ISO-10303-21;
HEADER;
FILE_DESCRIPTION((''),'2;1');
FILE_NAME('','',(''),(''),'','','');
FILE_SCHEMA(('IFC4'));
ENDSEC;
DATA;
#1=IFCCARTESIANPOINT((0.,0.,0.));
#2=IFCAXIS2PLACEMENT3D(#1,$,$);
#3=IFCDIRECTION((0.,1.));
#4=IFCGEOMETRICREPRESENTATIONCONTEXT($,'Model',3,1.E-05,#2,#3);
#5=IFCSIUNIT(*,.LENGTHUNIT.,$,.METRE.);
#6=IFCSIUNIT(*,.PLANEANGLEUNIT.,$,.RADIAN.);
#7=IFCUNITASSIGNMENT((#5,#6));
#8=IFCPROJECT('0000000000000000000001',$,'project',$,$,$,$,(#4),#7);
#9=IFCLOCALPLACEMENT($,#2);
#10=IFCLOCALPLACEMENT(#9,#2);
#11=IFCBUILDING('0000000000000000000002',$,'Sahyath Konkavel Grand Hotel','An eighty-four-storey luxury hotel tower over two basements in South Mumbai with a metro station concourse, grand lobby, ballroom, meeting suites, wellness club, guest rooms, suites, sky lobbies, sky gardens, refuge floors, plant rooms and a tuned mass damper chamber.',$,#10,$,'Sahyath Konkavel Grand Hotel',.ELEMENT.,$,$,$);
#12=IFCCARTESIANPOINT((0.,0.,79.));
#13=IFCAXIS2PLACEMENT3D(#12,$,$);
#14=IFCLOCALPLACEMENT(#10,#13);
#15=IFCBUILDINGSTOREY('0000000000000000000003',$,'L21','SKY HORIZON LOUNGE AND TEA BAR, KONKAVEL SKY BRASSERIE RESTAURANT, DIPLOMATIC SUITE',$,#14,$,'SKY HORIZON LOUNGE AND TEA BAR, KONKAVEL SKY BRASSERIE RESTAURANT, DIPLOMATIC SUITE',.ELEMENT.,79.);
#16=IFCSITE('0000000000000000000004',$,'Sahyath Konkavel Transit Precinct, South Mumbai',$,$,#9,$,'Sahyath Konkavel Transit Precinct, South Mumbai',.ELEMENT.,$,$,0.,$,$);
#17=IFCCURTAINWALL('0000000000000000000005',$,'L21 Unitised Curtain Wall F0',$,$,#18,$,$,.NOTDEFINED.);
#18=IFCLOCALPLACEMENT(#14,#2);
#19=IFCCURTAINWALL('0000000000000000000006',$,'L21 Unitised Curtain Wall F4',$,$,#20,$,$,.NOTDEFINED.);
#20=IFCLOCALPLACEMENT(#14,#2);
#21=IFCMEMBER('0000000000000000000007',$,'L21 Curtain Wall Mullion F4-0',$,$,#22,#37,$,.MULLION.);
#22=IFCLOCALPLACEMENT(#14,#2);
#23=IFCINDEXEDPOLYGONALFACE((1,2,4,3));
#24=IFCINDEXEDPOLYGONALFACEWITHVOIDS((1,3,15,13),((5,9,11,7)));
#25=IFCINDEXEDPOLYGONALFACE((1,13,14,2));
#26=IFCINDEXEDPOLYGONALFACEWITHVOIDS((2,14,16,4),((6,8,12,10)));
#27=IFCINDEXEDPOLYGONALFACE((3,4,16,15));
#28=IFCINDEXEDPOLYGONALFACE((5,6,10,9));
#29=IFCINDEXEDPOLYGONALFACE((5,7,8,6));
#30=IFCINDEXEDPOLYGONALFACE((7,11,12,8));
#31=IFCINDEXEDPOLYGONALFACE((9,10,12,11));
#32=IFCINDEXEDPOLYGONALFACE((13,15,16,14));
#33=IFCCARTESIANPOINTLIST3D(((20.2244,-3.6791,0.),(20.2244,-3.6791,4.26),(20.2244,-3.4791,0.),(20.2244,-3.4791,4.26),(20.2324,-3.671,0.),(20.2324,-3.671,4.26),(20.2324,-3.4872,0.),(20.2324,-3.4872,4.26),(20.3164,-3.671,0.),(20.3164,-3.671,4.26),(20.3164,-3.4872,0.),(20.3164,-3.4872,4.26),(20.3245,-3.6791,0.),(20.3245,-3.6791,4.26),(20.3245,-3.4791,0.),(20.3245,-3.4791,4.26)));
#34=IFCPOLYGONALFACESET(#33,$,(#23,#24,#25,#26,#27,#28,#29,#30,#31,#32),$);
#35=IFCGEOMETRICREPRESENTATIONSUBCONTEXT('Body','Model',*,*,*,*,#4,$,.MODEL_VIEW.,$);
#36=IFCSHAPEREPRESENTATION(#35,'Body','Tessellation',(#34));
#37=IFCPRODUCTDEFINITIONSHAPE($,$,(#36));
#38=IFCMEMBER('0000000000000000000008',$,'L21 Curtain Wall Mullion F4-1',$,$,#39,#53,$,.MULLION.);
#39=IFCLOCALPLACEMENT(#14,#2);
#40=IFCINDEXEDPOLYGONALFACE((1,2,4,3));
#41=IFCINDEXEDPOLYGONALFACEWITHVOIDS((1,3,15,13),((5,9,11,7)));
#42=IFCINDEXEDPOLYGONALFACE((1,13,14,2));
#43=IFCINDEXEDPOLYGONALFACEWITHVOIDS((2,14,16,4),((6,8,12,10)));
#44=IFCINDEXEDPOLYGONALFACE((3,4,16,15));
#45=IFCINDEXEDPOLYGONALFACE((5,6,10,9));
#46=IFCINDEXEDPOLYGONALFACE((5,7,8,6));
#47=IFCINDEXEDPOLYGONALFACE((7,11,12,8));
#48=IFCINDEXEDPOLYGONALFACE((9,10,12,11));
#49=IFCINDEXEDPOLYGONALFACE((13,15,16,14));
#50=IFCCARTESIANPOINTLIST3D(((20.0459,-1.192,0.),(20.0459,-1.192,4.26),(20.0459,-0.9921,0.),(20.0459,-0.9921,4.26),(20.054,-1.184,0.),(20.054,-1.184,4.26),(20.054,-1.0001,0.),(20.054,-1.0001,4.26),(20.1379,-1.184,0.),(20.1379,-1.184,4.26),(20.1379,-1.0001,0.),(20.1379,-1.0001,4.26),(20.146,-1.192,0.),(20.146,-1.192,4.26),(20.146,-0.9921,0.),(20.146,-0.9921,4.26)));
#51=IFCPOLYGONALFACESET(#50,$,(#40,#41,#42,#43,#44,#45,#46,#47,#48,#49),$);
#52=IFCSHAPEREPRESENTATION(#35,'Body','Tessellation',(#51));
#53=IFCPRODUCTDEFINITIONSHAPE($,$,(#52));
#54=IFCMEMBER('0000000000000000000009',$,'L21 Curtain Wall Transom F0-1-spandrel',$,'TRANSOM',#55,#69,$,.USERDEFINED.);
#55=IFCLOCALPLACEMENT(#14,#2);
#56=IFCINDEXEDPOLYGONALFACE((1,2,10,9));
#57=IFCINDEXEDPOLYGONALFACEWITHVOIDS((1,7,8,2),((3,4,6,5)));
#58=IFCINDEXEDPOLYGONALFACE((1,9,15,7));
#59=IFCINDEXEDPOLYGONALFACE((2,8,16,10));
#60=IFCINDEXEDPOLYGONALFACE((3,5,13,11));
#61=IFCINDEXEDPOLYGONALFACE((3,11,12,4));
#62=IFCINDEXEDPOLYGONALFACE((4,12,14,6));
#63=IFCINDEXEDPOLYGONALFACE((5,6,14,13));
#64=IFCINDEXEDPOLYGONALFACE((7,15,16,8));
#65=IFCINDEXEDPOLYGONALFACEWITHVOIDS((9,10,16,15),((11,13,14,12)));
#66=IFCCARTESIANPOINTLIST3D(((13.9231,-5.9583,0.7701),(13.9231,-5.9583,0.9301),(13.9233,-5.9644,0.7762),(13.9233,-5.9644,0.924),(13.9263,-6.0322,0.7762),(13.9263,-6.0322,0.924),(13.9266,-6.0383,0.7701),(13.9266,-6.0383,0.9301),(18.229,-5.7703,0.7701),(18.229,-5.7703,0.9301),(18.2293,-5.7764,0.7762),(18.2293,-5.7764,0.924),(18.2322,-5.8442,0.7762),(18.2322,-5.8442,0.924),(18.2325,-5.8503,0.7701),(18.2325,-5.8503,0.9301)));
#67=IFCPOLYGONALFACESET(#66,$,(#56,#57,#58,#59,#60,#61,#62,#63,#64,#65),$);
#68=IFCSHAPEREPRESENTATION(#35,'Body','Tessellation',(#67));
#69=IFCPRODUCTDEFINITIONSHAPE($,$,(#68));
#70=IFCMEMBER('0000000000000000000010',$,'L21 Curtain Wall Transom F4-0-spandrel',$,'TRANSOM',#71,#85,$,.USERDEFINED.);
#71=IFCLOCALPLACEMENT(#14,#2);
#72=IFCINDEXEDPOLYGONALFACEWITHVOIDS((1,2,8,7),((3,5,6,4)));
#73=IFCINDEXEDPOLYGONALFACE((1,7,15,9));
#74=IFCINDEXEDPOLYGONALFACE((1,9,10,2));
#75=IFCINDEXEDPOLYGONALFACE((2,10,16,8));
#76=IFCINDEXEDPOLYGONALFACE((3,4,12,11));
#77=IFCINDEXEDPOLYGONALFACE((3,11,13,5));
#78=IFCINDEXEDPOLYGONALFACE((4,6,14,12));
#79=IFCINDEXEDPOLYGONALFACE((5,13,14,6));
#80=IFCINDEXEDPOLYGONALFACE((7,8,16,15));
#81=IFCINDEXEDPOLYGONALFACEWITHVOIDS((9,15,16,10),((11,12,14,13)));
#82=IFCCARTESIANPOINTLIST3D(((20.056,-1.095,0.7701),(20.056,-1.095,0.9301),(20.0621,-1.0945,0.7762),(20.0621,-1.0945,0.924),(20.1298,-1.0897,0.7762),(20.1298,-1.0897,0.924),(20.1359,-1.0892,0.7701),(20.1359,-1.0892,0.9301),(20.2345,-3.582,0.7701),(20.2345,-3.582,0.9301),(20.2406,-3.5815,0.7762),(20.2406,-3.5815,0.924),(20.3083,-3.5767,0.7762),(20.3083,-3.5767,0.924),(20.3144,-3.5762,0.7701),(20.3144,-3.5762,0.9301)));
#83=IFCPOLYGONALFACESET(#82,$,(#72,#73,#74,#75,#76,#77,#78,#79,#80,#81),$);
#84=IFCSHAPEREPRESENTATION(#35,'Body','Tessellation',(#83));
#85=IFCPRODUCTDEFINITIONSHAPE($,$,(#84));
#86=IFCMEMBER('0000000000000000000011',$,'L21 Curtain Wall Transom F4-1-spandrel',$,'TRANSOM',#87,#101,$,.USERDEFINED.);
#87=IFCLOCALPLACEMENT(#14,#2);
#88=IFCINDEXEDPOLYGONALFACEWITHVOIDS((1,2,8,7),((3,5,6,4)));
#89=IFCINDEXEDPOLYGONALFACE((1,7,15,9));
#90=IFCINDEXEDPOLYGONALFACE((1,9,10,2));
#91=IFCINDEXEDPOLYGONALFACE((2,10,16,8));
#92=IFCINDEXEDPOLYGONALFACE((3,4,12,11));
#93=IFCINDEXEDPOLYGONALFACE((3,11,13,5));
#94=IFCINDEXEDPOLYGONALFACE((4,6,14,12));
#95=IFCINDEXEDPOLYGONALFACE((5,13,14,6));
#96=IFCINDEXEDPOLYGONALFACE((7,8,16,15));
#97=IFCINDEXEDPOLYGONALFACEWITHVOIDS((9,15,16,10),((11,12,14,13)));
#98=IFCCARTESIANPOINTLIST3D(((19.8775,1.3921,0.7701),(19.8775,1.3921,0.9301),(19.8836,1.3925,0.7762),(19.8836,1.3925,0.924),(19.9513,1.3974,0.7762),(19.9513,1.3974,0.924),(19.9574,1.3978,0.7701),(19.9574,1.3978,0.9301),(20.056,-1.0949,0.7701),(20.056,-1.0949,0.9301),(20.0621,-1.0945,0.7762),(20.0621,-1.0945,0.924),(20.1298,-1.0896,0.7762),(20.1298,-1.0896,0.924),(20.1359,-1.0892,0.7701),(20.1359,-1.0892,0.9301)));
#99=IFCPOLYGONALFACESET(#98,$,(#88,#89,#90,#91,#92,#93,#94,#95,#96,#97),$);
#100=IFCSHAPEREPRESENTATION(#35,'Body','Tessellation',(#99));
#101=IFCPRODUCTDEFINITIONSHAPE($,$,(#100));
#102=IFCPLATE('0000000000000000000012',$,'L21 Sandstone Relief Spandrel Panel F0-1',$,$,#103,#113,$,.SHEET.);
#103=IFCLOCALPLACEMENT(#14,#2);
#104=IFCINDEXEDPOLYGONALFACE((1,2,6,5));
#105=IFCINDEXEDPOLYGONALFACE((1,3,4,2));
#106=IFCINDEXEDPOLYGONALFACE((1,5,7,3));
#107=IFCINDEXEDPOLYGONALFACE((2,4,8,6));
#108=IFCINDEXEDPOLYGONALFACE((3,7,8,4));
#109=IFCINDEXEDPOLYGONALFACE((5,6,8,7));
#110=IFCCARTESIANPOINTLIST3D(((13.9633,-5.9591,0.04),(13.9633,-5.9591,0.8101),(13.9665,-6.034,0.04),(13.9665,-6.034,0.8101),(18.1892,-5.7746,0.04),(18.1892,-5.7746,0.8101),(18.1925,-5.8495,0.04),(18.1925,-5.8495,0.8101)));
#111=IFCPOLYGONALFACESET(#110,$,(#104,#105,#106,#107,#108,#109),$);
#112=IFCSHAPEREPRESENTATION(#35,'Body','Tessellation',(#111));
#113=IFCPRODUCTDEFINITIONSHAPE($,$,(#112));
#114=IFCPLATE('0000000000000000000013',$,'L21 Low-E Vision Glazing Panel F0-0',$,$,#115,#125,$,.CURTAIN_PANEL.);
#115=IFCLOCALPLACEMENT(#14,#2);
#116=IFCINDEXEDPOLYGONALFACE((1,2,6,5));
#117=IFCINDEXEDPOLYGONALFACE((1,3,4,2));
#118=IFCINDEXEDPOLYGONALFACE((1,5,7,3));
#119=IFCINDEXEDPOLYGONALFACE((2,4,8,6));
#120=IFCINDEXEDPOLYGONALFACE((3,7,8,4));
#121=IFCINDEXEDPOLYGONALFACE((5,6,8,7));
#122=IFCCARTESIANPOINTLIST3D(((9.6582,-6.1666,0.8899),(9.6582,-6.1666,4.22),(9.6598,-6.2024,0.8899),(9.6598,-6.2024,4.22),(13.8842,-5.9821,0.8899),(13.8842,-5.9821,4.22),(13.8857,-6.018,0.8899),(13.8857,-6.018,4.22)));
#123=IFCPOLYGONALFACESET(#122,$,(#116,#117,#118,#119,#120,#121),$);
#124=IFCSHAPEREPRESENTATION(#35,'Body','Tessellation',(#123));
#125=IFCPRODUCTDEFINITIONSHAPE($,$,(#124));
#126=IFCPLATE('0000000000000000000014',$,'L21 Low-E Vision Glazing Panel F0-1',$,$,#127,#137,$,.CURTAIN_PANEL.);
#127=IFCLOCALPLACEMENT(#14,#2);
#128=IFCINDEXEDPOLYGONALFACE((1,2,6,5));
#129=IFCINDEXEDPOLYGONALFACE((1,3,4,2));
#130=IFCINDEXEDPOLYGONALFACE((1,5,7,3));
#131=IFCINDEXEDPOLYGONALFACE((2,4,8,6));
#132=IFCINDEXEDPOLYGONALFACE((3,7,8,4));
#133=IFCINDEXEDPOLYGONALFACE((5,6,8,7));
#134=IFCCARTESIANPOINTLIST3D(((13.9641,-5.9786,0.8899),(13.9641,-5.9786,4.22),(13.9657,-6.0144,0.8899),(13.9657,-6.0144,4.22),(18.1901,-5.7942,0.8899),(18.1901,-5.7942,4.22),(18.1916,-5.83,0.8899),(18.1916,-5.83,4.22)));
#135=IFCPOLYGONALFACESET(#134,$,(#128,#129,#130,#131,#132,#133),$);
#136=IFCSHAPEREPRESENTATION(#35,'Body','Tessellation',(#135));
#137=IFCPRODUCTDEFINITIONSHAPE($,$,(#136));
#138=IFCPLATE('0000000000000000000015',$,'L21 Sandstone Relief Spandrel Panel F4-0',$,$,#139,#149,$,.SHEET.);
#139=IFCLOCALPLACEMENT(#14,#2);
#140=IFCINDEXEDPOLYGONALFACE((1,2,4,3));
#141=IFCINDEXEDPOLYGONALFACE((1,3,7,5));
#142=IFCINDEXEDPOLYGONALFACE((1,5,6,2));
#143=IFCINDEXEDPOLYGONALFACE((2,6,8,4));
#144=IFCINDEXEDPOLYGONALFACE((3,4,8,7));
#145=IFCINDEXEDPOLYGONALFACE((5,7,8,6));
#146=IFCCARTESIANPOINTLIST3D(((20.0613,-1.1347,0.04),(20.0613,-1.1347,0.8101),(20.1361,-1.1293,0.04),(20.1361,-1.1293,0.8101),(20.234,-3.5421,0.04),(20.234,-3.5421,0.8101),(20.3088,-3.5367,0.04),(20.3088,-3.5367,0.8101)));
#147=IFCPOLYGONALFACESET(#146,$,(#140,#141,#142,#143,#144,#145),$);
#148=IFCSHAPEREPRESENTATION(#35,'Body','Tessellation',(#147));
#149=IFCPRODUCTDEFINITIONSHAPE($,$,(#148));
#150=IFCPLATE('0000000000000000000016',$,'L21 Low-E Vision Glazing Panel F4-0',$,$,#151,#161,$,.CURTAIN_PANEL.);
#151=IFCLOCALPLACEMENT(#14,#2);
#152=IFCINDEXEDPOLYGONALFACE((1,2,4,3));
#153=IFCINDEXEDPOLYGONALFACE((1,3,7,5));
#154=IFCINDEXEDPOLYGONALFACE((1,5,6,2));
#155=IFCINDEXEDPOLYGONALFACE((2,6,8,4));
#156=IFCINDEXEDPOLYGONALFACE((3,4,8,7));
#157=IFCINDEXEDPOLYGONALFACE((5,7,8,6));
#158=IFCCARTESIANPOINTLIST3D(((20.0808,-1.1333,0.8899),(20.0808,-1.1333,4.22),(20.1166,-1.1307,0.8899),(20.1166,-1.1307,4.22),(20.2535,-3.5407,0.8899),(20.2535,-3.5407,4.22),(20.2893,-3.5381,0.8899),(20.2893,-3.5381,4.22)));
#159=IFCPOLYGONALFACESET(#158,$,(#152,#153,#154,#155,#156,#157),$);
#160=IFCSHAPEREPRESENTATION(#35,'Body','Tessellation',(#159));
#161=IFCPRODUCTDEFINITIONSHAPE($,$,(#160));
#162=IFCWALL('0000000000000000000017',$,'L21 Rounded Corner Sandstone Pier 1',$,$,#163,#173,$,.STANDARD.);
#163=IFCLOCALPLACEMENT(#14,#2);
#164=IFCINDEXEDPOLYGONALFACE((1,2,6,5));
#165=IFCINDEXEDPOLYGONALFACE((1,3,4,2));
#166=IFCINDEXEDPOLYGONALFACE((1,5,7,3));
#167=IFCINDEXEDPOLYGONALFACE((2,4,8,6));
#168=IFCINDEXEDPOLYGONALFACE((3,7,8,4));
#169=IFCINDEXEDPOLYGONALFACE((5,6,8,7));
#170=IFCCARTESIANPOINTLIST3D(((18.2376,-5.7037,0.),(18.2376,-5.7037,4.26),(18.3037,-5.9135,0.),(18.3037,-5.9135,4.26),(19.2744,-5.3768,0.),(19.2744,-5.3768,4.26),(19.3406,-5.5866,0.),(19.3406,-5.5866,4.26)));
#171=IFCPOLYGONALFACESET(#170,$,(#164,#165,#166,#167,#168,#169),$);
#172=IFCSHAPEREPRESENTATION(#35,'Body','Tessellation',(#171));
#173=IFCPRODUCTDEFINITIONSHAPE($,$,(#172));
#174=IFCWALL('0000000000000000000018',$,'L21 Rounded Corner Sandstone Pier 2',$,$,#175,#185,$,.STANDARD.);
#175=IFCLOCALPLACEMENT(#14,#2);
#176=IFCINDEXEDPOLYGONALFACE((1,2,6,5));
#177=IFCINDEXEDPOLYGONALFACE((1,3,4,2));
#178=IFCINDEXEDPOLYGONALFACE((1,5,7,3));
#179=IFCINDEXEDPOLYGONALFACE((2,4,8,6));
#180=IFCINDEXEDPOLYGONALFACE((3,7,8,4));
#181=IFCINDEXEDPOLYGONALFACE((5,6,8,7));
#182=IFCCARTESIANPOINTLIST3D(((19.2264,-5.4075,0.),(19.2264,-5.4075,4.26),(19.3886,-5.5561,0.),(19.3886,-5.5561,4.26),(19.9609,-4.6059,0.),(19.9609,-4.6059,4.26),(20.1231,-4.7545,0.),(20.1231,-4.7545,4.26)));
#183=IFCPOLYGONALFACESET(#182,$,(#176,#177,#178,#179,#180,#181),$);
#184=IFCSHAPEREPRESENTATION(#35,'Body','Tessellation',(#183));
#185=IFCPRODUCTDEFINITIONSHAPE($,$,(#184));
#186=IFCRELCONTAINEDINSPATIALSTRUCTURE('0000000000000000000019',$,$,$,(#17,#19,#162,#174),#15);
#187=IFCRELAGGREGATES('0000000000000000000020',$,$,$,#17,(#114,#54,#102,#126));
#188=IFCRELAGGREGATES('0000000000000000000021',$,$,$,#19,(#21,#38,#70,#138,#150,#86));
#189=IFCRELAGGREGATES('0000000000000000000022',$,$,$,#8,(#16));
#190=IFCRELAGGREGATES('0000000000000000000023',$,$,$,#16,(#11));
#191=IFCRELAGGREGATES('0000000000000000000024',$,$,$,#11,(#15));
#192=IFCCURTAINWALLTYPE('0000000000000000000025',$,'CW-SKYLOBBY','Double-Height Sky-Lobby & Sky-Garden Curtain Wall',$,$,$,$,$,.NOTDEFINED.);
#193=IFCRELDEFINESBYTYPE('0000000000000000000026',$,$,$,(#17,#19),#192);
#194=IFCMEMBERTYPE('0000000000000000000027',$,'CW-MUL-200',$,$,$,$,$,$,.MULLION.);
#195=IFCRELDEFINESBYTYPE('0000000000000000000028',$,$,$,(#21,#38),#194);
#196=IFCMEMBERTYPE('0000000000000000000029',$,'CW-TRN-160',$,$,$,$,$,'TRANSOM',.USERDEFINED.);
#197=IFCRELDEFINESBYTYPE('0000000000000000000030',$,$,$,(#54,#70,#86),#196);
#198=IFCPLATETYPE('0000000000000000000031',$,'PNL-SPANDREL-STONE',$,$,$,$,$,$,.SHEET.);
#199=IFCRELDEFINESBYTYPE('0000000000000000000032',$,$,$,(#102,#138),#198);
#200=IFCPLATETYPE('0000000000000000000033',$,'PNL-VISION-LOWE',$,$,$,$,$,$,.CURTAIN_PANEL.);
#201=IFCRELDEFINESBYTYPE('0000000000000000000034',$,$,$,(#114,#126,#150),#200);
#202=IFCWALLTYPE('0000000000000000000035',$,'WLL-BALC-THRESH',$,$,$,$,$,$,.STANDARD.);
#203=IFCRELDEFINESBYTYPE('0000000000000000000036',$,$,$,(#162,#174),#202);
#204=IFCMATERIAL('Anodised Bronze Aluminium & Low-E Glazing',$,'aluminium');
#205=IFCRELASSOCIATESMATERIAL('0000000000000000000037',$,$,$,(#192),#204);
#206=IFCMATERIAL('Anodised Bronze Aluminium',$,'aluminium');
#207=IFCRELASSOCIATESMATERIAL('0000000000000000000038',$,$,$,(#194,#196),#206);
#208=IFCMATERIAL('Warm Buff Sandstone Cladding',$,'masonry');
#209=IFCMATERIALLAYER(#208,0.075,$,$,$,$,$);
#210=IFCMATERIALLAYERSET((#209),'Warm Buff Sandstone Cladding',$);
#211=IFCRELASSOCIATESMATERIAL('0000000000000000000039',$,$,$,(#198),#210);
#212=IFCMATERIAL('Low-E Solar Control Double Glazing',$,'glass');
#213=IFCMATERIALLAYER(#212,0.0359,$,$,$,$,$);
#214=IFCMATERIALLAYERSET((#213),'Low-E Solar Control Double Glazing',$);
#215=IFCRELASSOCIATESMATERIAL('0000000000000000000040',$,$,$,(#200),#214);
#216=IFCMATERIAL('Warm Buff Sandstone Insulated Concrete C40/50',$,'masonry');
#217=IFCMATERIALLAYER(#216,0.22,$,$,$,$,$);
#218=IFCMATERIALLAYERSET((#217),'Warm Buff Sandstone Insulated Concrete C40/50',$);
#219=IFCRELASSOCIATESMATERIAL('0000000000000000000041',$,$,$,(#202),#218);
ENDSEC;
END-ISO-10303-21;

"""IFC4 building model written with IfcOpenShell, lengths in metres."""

from ifc_helpers import new_model, si_unit, direction, frame, frame_2d, origin, origin_2d, place, context, subcontext, project, spatial, rectangle, hollow_rectangle, extrude, source, transform, mapped, material, layer, layer_set, material_profile, profile_set, type_object, element, aggregate, save


model = new_model("IFC4")

# Units and contexts
model_context = context("Model", 3, precision=1e-05, world=origin(), true_north=direction((0.0, 1.0)))
body_context = subcontext(model_context, "Body", "Model", "MODEL_VIEW")
ifc_project = project(units=[si_unit("LENGTHUNIT", "METRE"), si_unit("PLANEANGLEUNIT", "RADIAN")], contexts=[model_context])

# Site, building, storey
site_placement = place(None, origin())
site = spatial("IfcSite", under=ifc_project, at=site_placement, Name="Sahyath Konkavel Transit Precinct, South Mumbai", LongName="Sahyath Konkavel Transit Precinct, South Mumbai", CompositionType="ELEMENT", RefElevation=0.0)
building_placement = place(site_placement, origin())
building = spatial("IfcBuilding", under=site, at=building_placement, Name="Sahyath Konkavel Grand Hotel", Description="An eighty-four-storey luxury hotel tower over two basements in South Mumbai with a metro station concourse, grand lobby, ballroom, meeting suites, wellness club, guest rooms, suites, sky lobbies, sky gardens, refuge floors, plant rooms and a tuned mass damper chamber.", LongName="Sahyath Konkavel Grand Hotel", CompositionType="ELEMENT")
storey_placement = place(building_placement, frame((0.0, 0.0, 79.0)))
storey = spatial("IfcBuildingStorey", under=building, at=storey_placement, Name="L21", Description="SKY HORIZON LOUNGE AND TEA BAR, KONKAVEL SKY BRASSERIE RESTAURANT, DIPLOMATIC SUITE", LongName="SKY HORIZON LOUNGE AND TEA BAR, KONKAVEL SKY BRASSERIE RESTAURANT, DIPLOMATIC SUITE", CompositionType="ELEMENT", Elevation=79.0)

# Curtain walls, members
ifc_material_1 = material(Name="Anodised Bronze Aluminium & Low-E Glazing", Category="aluminium")
curtain_wall_type = type_object("IfcCurtainWallType", Name="CW-SKYLOBBY", Description="Double-Height Sky-Lobby & Sky-Garden Curtain Wall", PredefinedType="NOTDEFINED", material=ifc_material_1)
curtain_wall_1_placement = place(storey_placement, origin())
curtain_wall_1 = element("IfcCurtainWall", 1, at=curtain_wall_1_placement, inside=storey, type_object=curtain_wall_type, Name="L21 Unitised Curtain Wall F0", PredefinedType="NOTDEFINED")
ifc_material_2 = material(Name="Anodised Bronze Aluminium", Category="aluminium")
ifc_material_profile_1 = material_profile(ifc_material_2, hollow_rectangle(XDim=0.1001, YDim=0.2, WallThickness=0.0081, at=origin_2d()), Name="RHS 200x100x8")
ifc_profile_set_1 = profile_set([ifc_material_profile_1], Name="Anodised Bronze Aluminium")
member_type_1 = type_object("IfcMemberType", Name="CW-MUL-200", PredefinedType="MULLION", material=ifc_profile_set_1)
shared_shape_1 = source(origin(), body_context, "Body", "SweptSolid", [
    extrude(hollow_rectangle(XDim=0.1001, YDim=0.2, WallThickness=0.0081, at=origin_2d()), origin(), (0.0, 0.0, 1.0), 4.26),
])
curtain_wall_2_placement = place(storey_placement, origin())
curtain_wall_2 = element("IfcCurtainWall", 2, at=curtain_wall_2_placement, inside=storey, type_object=curtain_wall_type, Name="L21 Unitised Curtain Wall F4", PredefinedType="NOTDEFINED")
member_1_placement = place(storey_placement, frame((20.2744, -3.5791, 0.0), z_axis=(0.0, 0.0, 1.0), x_axis=(1.0, 0.0, 0.0)))
member_1 = element("IfcMember", 3, at=member_1_placement, type_object=member_type_1, Name="L21 Curtain Wall Mullion F4-0", PredefinedType="MULLION", context=body_context, shape_type="MappedRepresentation", body=[
    mapped(shared_shape_1, transform((0.0, 0.0, 0.0), scale=1.0)),
])
member_2_placement = place(storey_placement, frame((20.0959, -1.092, 0.0), z_axis=(0.0, 0.0, 1.0), x_axis=(1.0, 0.0, 0.0)))
member_2 = element("IfcMember", 4, at=member_2_placement, type_object=member_type_1, Name="L21 Curtain Wall Mullion F4-1", PredefinedType="MULLION", context=body_context, shape_type="MappedRepresentation", body=[
    mapped(shared_shape_1, transform((0.0, 0.0, 0.0), scale=1.0)),
])

# Members
ifc_material_profile_2 = material_profile(ifc_material_2, hollow_rectangle(XDim=0.0801, YDim=0.1599, WallThickness=0.0061, at=origin_2d()), Name="RHS 160x80x6")
ifc_profile_set_2 = profile_set([ifc_material_profile_2], Name="Anodised Bronze Aluminium")
member_type_2 = type_object("IfcMemberType", Name="CW-TRN-160", ElementType="TRANSOM", PredefinedType="USERDEFINED", material=ifc_profile_set_2)
shared_shape_2 = source(origin(), body_context, "Body", "SweptSolid", [
    extrude(hollow_rectangle(XDim=0.0801, YDim=0.1599, WallThickness=0.0061, at=origin_2d()), origin(), (0.0, 0.0, 1.0), 4.3101),
])
member_3_placement = place(storey_placement, frame((13.9248, -5.9983, 0.8501), z_axis=(0.999048, 0.043617, 0.0), x_axis=(-0.043617, 0.999048, 0.0)))
member_3 = element("IfcMember", 5, at=member_3_placement, type_object=member_type_2, Name="L21 Curtain Wall Transom F0-1-spandrel", ObjectType="TRANSOM", PredefinedType="USERDEFINED", context=body_context, shape_type="MappedRepresentation", body=[
    mapped(shared_shape_2, transform((0.0, 0.0, 0.0), scale=1.0)),
])
shared_shape_3 = source(origin(), body_context, "Body", "SweptSolid", [
    extrude(hollow_rectangle(XDim=0.0801, YDim=0.1599, WallThickness=0.0061, at=origin_2d()), origin(), (0.0, 0.0, 1.0), 2.4934),
])
member_4_placement = place(storey_placement, frame((20.2744, -3.5791, 0.8501), z_axis=(-0.071574, 0.997435, 0.0), x_axis=(-0.997435, -0.071574, 0.0)))
member_4 = element("IfcMember", 6, at=member_4_placement, type_object=member_type_2, Name="L21 Curtain Wall Transom F4-0-spandrel", ObjectType="TRANSOM", PredefinedType="USERDEFINED", context=body_context, shape_type="MappedRepresentation", body=[
    mapped(shared_shape_3, transform((0.0, 0.0, 0.0), scale=1.0)),
])
member_5_placement = place(storey_placement, frame((20.0959, -1.092, 0.8501), z_axis=(-0.071574, 0.997435, 0.0), x_axis=(-0.997435, -0.071574, 0.0)))
member_5 = element("IfcMember", 7, at=member_5_placement, type_object=member_type_2, Name="L21 Curtain Wall Transom F4-1-spandrel", ObjectType="TRANSOM", PredefinedType="USERDEFINED", context=body_context, shape_type="MappedRepresentation", body=[
    mapped(shared_shape_3, transform((0.0, 0.0, 0.0), scale=1.0)),
])

# Plates
ifc_material_3 = material(Name="Warm Buff Sandstone Cladding", Category="masonry")
ifc_layer_1 = layer(ifc_material_3, 0.075)
ifc_layer_set_1 = layer_set([ifc_layer_1], Name="Warm Buff Sandstone Cladding")
plate_type_1 = type_object("IfcPlateType", Name="PNL-SPANDREL-STONE", PredefinedType="SHEET", material=ifc_layer_set_1)
shared_shape_4 = source(origin(), body_context, "Body", "SweptSolid", [
    extrude(rectangle(XDim=4.23, YDim=0.075, at=origin_2d()), origin(), (0.0, 0.0, 1.0), 0.77),
])
plate_1_placement = place(storey_placement, frame((16.0779, -5.9043, 0.04), z_axis=(0.0, 0.0, 1.0), x_axis=(0.999049, 0.043602, 0.0)))
plate_1 = element("IfcPlate", 8, at=plate_1_placement, type_object=plate_type_1, Name="L21 Sandstone Relief Spandrel Panel F0-1", PredefinedType="SHEET", context=body_context, shape_type="MappedRepresentation", body=[
    mapped(shared_shape_4, transform((0.0, 0.0, 0.0), scale=1.0)),
])
ifc_material_4 = material(Name="Low-E Solar Control Double Glazing", Category="glass")
ifc_layer_2 = layer(ifc_material_4, 0.0359)
ifc_layer_set_2 = layer_set([ifc_layer_2], Name="Low-E Solar Control Double Glazing")
plate_type_2 = type_object("IfcPlateType", Name="PNL-VISION-LOWE", PredefinedType="CURTAIN_PANEL", material=ifc_layer_set_2)
shared_shape_5 = source(origin(), body_context, "Body", "SweptSolid", [
    extrude(rectangle(XDim=4.23, YDim=0.0359, at=origin_2d()), origin(), (0.0, 0.0, 1.0), 3.3301),
])
plate_2_placement = place(storey_placement, frame((11.772, -6.0923, 0.8899), z_axis=(0.0, 0.0, 1.0), x_axis=(0.999049, 0.043602, 0.0)))
plate_2 = element("IfcPlate", 9, at=plate_2_placement, type_object=plate_type_2, Name="L21 Low-E Vision Glazing Panel F0-0", PredefinedType="CURTAIN_PANEL", context=body_context, shape_type="MappedRepresentation", body=[
    mapped(shared_shape_5, transform((0.0, 0.0, 0.0), scale=1.0)),
])
plate_3_placement = place(storey_placement, frame((16.0779, -5.9043, 0.8899), z_axis=(0.0, 0.0, 1.0), x_axis=(0.999049, 0.043602, 0.0)))
plate_3 = element("IfcPlate", 10, at=plate_3_placement, type_object=plate_type_2, Name="L21 Low-E Vision Glazing Panel F0-1", PredefinedType="CURTAIN_PANEL", context=body_context, shape_type="MappedRepresentation", body=[
    mapped(shared_shape_5, transform((0.0, 0.0, 0.0), scale=1.0)),
])
aggregate(curtain_wall_1, [plate_2, member_3, plate_1, plate_3])
shared_shape_6 = source(origin(), body_context, "Body", "SweptSolid", [
    extrude(rectangle(XDim=2.4136, YDim=0.075, at=origin_2d()), origin(), (0.0, 0.0, 1.0), 0.77),
])
plate_4_placement = place(storey_placement, frame((20.1851, -2.3357, 0.04), z_axis=(0.0, 0.0, 1.0), x_axis=(-0.071567, 0.997436, 0.0)))
plate_4 = element("IfcPlate", 11, at=plate_4_placement, type_object=plate_type_1, Name="L21 Sandstone Relief Spandrel Panel F4-0", PredefinedType="SHEET", context=body_context, shape_type="MappedRepresentation", body=[
    mapped(shared_shape_6, transform((0.0, 0.0, 0.0), scale=1.0)),
])
shared_shape_7 = source(origin(), body_context, "Body", "SweptSolid", [
    extrude(rectangle(XDim=2.4136, YDim=0.0359, at=origin_2d()), origin(), (0.0, 0.0, 1.0), 3.3301),
])
plate_5_placement = place(storey_placement, frame((20.1851, -2.3357, 0.8899), z_axis=(0.0, 0.0, 1.0), x_axis=(-0.071567, 0.997436, 0.0)))
plate_5 = element("IfcPlate", 12, at=plate_5_placement, type_object=plate_type_2, Name="L21 Low-E Vision Glazing Panel F4-0", PredefinedType="CURTAIN_PANEL", context=body_context, shape_type="MappedRepresentation", body=[
    mapped(shared_shape_7, transform((0.0, 0.0, 0.0), scale=1.0)),
])
aggregate(curtain_wall_2, [member_1, member_2, member_4, plate_4, plate_5, member_5])

# Walls
ifc_material_5 = material(Name="Warm Buff Sandstone Insulated Concrete C40/50", Category="masonry")
ifc_layer_3 = layer(ifc_material_5, 0.22)
ifc_layer_set_3 = layer_set([ifc_layer_3], Name="Warm Buff Sandstone Insulated Concrete C40/50")
wall_type = type_object("IfcWallType", Name="WLL-BALC-THRESH", PredefinedType="STANDARD", material=ifc_layer_set_3)
for number, where, z_axis, x_axis, name in (
    (13, (18.2708, -5.8086, 0.0), (0.0, 0.0, 1.0), (0.953722, 0.300691, 0.0), "L21 Rounded Corner Sandstone Pier 1"),
    (14, (19.3076, -5.4817, 0.0), (0.0, 0.0, 1.0), (0.675552, 0.737313, 0.0), "L21 Rounded Corner Sandstone Pier 2"),
):
    element("IfcWall", number, at=place(storey_placement, frame(where, z_axis=z_axis, x_axis=x_axis)), inside=storey, type_object=wall_type, Name=name, PredefinedType="STANDARD", context=body_context, shape_type="SweptSolid", body=[
        extrude(rectangle(XDim=1.0872, YDim=0.22, at=frame_2d((0.5435, 0.0))), origin(), (0.0, 0.0, 1.0), 4.26),
    ])

save(model, "model.ifc")
